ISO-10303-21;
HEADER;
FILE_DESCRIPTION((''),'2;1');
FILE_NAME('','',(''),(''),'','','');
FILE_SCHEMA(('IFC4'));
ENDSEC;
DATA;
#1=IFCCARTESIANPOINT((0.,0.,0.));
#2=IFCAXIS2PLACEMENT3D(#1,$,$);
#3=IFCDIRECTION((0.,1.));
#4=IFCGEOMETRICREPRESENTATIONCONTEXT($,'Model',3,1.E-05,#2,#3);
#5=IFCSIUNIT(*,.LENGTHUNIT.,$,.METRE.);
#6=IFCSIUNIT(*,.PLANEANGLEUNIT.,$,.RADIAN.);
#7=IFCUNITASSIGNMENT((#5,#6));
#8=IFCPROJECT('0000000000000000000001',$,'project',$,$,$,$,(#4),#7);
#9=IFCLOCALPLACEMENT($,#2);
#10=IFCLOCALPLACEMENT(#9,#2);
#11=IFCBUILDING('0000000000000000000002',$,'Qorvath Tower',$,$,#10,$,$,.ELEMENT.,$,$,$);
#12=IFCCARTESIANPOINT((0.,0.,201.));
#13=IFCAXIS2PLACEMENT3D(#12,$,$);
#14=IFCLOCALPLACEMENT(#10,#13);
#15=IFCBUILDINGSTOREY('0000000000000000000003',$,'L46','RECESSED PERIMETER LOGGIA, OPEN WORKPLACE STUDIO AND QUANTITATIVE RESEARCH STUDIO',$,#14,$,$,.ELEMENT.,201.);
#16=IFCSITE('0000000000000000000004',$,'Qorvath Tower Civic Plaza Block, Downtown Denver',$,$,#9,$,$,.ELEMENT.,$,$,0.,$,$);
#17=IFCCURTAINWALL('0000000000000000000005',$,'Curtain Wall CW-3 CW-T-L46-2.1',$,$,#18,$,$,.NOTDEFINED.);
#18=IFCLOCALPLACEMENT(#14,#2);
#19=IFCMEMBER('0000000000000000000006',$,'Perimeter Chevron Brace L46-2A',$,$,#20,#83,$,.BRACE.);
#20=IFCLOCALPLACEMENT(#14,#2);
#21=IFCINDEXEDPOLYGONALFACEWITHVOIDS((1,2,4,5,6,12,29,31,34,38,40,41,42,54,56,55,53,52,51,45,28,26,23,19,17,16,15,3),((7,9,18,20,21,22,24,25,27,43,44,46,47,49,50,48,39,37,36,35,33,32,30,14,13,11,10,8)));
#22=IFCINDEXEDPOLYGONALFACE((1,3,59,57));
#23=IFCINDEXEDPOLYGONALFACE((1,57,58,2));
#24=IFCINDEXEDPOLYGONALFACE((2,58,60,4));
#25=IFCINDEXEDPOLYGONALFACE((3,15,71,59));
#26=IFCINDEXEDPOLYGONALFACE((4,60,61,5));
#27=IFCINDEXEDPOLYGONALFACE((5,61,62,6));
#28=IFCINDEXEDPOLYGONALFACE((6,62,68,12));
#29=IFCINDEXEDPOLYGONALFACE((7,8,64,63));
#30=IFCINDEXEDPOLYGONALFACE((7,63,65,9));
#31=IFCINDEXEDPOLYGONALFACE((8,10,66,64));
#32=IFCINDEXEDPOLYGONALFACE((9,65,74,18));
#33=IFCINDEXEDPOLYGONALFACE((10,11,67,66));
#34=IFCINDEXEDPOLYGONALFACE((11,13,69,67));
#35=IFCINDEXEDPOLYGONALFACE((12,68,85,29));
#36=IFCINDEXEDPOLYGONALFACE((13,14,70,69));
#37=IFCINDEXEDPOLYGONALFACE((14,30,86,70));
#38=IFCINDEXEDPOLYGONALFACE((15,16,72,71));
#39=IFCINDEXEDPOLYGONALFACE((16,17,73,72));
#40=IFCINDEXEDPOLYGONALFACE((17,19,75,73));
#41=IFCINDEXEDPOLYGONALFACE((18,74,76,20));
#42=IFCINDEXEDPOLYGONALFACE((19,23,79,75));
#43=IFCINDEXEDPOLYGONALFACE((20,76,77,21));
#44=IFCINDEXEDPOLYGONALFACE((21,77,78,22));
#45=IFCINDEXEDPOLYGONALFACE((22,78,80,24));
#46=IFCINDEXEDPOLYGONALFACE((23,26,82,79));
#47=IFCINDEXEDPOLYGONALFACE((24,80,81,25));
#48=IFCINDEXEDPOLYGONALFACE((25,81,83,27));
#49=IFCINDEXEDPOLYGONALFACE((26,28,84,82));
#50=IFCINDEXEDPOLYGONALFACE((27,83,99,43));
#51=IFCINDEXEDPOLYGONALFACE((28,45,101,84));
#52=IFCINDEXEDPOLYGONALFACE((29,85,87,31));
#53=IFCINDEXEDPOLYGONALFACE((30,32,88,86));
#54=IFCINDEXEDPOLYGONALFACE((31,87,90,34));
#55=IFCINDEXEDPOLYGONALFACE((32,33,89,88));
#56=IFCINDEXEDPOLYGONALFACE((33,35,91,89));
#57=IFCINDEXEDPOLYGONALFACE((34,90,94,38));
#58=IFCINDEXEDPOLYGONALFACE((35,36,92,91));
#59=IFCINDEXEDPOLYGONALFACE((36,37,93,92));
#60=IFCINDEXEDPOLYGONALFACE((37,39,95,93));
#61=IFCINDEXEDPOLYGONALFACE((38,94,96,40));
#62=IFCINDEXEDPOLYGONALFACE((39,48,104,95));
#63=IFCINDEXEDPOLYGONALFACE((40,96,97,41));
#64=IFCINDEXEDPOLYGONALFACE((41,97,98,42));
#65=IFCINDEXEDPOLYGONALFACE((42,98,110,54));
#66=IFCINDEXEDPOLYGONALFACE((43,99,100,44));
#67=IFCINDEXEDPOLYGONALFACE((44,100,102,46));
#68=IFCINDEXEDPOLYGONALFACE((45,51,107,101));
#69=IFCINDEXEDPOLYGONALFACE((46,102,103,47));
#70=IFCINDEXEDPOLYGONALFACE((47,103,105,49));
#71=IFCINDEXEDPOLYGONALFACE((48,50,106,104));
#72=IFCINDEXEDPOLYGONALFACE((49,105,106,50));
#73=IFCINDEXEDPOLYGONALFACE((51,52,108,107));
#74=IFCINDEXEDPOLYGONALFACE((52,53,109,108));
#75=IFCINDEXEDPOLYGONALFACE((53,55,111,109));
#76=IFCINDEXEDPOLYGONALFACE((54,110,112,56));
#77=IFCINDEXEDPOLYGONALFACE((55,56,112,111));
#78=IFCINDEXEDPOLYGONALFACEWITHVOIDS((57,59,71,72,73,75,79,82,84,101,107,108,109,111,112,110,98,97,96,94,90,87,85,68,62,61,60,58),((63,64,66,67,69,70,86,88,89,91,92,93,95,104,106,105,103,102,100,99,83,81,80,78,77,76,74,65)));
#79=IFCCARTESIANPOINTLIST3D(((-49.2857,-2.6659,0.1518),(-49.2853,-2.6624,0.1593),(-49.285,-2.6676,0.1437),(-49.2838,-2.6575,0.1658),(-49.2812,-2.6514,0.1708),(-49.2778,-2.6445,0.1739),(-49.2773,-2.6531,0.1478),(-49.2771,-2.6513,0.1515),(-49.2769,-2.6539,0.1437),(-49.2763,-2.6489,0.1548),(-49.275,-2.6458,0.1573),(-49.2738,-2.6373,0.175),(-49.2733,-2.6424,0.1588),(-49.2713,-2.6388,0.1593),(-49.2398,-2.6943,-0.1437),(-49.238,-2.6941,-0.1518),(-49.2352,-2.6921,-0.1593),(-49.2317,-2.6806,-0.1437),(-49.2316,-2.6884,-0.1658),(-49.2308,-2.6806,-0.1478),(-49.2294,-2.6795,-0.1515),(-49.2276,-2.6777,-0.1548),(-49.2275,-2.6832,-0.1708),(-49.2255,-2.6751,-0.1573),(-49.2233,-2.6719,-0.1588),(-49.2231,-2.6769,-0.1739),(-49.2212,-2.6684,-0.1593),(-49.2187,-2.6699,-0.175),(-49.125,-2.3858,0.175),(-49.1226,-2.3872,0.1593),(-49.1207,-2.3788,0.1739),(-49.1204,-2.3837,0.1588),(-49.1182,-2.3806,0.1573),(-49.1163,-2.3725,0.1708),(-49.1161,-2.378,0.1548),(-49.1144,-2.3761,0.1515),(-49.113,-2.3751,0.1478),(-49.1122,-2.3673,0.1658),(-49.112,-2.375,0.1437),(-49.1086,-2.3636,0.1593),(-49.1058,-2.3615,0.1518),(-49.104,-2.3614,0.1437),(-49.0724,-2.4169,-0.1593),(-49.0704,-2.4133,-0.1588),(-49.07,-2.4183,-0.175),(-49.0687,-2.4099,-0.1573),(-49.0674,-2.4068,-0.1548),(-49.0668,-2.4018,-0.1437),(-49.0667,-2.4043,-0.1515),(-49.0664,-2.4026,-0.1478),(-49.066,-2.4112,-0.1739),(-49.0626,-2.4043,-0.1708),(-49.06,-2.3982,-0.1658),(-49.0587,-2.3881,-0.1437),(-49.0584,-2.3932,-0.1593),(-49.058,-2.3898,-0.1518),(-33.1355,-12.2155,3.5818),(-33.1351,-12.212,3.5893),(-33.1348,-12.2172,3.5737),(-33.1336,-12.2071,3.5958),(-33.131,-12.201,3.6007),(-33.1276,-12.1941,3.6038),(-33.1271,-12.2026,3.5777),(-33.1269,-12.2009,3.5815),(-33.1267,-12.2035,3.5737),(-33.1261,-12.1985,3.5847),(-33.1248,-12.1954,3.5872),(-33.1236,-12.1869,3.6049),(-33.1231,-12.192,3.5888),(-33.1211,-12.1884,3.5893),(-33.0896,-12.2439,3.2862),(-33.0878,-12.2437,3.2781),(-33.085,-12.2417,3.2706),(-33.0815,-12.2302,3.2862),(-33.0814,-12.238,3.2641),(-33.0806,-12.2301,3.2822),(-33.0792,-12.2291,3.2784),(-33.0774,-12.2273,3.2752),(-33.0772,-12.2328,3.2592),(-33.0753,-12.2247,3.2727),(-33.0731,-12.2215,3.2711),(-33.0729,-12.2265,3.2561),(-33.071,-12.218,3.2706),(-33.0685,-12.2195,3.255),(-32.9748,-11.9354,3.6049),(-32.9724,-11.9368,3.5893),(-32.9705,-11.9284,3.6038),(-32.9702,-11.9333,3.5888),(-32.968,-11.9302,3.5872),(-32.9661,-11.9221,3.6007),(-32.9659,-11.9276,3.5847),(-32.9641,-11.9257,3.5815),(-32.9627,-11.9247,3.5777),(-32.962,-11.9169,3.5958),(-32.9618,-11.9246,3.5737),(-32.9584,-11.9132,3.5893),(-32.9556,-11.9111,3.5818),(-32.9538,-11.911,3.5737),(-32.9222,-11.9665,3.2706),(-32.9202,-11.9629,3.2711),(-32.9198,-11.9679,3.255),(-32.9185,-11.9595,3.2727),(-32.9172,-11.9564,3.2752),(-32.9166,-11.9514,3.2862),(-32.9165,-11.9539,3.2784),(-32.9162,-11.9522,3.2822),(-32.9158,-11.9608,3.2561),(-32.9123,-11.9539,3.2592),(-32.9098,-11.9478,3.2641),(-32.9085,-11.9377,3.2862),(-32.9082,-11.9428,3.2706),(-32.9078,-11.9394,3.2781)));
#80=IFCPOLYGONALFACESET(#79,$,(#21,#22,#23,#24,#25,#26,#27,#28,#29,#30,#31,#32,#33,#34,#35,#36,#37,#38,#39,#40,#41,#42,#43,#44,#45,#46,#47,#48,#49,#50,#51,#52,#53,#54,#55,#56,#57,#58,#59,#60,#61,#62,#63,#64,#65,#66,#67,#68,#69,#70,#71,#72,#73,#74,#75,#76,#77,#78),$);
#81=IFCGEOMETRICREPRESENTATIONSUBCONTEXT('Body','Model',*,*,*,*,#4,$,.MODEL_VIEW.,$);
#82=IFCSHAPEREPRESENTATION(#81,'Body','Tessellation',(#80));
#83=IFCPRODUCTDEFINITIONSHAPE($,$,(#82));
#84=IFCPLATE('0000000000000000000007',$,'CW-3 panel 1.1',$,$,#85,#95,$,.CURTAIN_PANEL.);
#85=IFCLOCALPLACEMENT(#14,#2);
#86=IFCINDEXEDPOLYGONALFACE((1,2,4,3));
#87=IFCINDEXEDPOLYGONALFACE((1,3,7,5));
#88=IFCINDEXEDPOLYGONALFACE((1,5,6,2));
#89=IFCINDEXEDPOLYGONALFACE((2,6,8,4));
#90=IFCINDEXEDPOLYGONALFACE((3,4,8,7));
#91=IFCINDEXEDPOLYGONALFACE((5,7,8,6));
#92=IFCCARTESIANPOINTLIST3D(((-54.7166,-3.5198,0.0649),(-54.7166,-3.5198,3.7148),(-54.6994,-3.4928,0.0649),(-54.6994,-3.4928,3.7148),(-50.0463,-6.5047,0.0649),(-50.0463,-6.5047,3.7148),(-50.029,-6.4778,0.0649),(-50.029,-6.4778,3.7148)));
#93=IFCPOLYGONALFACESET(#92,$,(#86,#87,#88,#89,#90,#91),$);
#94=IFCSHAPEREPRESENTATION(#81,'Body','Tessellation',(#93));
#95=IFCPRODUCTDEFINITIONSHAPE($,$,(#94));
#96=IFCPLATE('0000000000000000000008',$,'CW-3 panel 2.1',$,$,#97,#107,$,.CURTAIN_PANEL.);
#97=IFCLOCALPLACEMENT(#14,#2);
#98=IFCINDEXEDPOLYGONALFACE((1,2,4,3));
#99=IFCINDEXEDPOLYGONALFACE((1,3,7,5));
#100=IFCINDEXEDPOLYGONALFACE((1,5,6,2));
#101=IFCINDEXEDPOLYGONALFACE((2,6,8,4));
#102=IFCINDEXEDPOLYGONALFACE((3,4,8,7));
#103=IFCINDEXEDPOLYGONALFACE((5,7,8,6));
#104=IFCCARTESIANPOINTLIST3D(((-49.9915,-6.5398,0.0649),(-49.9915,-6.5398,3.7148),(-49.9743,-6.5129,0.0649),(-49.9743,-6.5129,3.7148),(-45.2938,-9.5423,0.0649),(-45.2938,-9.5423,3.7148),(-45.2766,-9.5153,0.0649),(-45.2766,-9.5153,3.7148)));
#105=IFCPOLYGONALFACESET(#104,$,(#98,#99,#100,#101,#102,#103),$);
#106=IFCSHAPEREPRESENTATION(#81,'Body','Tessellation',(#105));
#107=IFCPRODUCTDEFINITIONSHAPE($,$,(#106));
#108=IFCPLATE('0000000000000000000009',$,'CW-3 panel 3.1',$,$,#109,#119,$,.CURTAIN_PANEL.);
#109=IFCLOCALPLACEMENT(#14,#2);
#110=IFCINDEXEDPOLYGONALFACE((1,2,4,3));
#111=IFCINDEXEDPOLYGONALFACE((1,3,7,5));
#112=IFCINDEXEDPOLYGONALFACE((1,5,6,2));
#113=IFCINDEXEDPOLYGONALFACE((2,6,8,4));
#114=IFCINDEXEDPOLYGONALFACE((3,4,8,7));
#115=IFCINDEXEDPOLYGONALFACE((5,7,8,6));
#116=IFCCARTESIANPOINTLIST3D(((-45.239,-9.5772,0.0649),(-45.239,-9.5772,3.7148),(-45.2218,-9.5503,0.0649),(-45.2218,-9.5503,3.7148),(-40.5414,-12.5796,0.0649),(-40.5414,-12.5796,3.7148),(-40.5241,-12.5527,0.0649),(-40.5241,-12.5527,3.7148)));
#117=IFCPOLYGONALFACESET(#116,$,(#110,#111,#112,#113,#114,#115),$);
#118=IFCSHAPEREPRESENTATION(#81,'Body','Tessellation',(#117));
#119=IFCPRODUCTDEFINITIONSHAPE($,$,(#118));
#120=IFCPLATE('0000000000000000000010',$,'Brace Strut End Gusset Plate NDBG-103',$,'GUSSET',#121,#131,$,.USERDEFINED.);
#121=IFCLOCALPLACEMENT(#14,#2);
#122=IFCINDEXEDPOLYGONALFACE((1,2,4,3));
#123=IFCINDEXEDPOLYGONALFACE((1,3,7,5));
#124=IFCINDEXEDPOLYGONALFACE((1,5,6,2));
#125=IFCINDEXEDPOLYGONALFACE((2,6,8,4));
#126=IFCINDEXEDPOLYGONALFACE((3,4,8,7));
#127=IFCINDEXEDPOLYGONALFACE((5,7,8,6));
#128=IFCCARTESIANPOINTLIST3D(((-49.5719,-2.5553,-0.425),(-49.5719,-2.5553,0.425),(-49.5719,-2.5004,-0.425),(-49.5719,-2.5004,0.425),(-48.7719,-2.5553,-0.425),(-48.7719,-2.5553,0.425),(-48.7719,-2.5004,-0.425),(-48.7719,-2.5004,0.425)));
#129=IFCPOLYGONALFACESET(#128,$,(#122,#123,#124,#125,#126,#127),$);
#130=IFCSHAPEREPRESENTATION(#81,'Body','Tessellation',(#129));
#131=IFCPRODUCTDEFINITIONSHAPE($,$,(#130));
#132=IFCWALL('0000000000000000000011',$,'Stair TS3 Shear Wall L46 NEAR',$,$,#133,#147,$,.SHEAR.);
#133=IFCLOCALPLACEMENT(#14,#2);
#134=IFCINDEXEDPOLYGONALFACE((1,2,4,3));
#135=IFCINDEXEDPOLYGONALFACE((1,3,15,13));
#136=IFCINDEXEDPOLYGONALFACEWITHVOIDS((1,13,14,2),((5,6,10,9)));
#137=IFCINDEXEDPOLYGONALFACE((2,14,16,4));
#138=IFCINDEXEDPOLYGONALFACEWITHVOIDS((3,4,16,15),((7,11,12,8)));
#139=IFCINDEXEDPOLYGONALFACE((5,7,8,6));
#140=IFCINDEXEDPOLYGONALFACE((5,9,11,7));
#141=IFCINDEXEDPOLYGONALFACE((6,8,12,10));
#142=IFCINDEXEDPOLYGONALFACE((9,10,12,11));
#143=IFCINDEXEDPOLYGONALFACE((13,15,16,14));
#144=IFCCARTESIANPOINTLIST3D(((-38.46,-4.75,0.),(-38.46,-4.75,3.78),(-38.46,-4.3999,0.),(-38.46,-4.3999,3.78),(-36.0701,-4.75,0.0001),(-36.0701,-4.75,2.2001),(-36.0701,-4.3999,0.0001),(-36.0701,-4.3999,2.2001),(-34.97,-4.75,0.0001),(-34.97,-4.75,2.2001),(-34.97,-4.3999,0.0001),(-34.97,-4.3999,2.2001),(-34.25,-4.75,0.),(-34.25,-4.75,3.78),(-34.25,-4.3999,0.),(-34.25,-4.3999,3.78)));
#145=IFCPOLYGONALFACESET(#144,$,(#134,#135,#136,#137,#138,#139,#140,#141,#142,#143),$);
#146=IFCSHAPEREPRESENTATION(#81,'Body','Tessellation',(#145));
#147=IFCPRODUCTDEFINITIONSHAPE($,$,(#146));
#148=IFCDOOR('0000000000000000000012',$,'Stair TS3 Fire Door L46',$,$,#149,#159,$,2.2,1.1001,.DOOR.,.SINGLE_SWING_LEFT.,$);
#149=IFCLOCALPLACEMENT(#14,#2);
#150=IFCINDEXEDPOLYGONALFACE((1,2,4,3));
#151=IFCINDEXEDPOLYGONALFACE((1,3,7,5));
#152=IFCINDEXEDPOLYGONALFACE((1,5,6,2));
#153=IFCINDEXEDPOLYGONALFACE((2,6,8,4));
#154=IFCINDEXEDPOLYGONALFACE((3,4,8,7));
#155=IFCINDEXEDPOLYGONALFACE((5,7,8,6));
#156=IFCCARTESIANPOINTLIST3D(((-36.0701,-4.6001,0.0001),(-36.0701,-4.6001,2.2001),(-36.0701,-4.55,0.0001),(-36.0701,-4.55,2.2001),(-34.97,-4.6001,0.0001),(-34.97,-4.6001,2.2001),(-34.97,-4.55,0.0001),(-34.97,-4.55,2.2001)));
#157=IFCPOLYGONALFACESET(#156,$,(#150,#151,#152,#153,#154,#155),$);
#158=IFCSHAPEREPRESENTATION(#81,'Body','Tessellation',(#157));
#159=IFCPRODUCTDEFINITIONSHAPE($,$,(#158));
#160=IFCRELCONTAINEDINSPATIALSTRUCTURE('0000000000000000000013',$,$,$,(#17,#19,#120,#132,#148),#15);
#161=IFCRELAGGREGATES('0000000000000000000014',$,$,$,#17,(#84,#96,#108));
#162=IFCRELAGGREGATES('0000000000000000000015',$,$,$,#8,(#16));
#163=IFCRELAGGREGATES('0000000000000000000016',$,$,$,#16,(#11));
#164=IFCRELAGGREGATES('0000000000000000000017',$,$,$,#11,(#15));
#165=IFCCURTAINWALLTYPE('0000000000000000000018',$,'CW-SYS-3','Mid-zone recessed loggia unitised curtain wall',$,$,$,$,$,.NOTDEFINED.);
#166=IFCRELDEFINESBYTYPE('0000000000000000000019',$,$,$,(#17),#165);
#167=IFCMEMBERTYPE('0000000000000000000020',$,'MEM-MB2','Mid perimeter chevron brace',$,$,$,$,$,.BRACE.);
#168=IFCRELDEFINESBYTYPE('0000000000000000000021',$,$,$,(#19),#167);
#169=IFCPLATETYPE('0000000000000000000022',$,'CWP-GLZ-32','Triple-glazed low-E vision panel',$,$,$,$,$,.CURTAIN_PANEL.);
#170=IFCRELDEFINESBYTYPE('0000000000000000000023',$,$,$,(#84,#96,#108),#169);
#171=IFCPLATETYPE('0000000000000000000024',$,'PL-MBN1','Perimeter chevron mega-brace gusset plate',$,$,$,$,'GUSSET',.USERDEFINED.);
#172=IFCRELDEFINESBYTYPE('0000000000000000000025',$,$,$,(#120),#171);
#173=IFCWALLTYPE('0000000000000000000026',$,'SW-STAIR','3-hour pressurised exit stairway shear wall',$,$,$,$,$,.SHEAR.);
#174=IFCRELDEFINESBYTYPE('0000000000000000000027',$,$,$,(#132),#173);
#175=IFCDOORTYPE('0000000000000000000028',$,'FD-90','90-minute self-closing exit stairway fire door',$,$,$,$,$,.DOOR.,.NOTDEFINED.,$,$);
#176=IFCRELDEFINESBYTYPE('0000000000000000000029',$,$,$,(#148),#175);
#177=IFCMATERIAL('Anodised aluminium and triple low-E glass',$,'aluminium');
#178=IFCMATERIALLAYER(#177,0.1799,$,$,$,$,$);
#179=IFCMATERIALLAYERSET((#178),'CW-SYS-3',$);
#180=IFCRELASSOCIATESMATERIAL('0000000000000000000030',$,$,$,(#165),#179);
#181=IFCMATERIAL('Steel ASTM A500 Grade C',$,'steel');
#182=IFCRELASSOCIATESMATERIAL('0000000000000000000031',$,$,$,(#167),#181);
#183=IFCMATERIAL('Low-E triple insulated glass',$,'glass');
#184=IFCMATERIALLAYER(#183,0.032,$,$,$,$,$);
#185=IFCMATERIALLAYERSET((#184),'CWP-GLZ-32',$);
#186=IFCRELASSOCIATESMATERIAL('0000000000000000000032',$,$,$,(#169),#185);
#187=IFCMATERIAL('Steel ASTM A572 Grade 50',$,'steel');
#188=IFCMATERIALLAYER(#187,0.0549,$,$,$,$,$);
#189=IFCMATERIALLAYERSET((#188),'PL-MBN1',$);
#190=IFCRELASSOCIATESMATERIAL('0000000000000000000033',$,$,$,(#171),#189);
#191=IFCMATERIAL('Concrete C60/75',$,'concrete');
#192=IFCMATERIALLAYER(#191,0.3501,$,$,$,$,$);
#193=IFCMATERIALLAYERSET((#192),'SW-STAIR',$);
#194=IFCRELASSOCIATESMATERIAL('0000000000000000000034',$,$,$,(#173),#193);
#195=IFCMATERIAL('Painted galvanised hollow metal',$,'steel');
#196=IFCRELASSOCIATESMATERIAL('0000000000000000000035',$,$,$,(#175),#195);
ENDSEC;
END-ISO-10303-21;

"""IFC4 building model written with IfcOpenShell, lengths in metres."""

from ifc_helpers import new_model, si_unit, direction, frame, frame_2d, origin, origin_2d, place, context, subcontext, project, spatial, rectangle, hollow_rectangle, extrude, material, layer, layer_set, material_profile, profile_set, type_object, element, fill, aggregate, save


model = new_model("IFC4")

# Units and contexts
model_context = context("Model", 3, precision=1e-05, world=origin(), true_north=direction((0.0, 1.0)))
body_context = subcontext(model_context, "Body", "Model", "MODEL_VIEW")
ifc_project = project(units=[si_unit("LENGTHUNIT", "METRE"), si_unit("PLANEANGLEUNIT", "RADIAN")], contexts=[model_context])

# Site, building, storey
site_placement = place(None, origin())
site = spatial("IfcSite", under=ifc_project, at=site_placement, Name="Qorvath Tower Civic Plaza Block, Downtown Denver", CompositionType="ELEMENT", RefElevation=0.0)
building_placement = place(site_placement, origin())
building = spatial("IfcBuilding", under=site, at=building_placement, Name="Qorvath Tower", CompositionType="ELEMENT")
storey_placement = place(building_placement, frame((0.0, 0.0, 201.0)))
storey = spatial("IfcBuildingStorey", under=building, at=storey_placement, Name="L46", Description="RECESSED PERIMETER LOGGIA, OPEN WORKPLACE STUDIO AND QUANTITATIVE RESEARCH STUDIO", CompositionType="ELEMENT", Elevation=201.0)

# Curtain wall
ifc_material_1 = material(Name="Anodised aluminium and triple low-E glass", Category="aluminium")
ifc_layer_1 = layer(ifc_material_1, 0.1799)
ifc_layer_set_1 = layer_set([ifc_layer_1], Name="CW-SYS-3")
curtain_wall_type = type_object("IfcCurtainWallType", Name="CW-SYS-3", Description="Mid-zone recessed loggia unitised curtain wall", PredefinedType="NOTDEFINED", material=ifc_layer_set_1)
curtain_wall_placement = place(storey_placement, origin())
curtain_wall = element("IfcCurtainWall", 1, at=curtain_wall_placement, inside=storey, type_object=curtain_wall_type, Name="Curtain Wall CW-3 CW-T-L46-2.1", PredefinedType="NOTDEFINED")

# Member
ifc_material_2 = material(Name="Steel ASTM A500 Grade C", Category="steel")
ifc_material_profile_1 = material_profile(ifc_material_2, hollow_rectangle(XDim=0.3557, YDim=0.3557, WallThickness=0.0159, InnerFilletRadius=0.0159, OuterFilletRadius=0.0317, at=origin_2d()), Name="HSS 356x356x16")
ifc_profile_set_1 = profile_set([ifc_material_profile_1], Name="Steel ASTM A500 Grade C")
member_type_1 = type_object("IfcMemberType", Name="MEM-MB2", Description="Mid perimeter chevron brace", PredefinedType="BRACE", material=ifc_profile_set_1)
member_1_placement = place(storey_placement, frame((-49.1719, -2.5278, 0.0), z_axis=(0.846747, -0.50068, 0.17983), x_axis=(0.508978, 0.86078, 0.0)))
element("IfcMember", 2, at=member_1_placement, inside=storey, type_object=member_type_1, Name="Perimeter Chevron Brace L46-2A", PredefinedType="BRACE", context=body_context, shape_type="SweptSolid", body=[
    extrude(hollow_rectangle(XDim=0.3557, YDim=0.3557, WallThickness=0.0159, InnerFilletRadius=0.0159, OuterFilletRadius=0.0317, at=origin_2d()), origin(), (0.0, 0.0, 1.0), 19.0732),
])

# Plates
ifc_material_3 = material(Name="Low-E triple insulated glass", Category="glass")
ifc_layer_2 = layer(ifc_material_3, 0.032)
ifc_layer_set_2 = layer_set([ifc_layer_2], Name="CWP-GLZ-32")
plate_type_1 = type_object("IfcPlateType", Name="CWP-GLZ-32", Description="Triple-glazed low-E vision panel", PredefinedType="CURTAIN_PANEL", material=ifc_layer_set_2)
plate_1_placement = place(storey_placement, frame((-52.3728, -4.9988, 0.0649), z_axis=(0.0, 0.0, 1.0), x_axis=(0.842604, -0.538534, 0.0)))
plate_1 = element("IfcPlate", 3, at=plate_1_placement, type_object=plate_type_1, Name="CW-3 panel 1.1", PredefinedType="CURTAIN_PANEL", context=body_context, shape_type="SweptSolid", body=[
    extrude(rectangle(XDim=5.5427, YDim=0.032, at=origin_2d()), origin(), (0.0, 0.0, 1.0), 3.6499),
])
plate_2_placement = place(storey_placement, frame((-47.634, -8.0276, 0.0649), z_axis=(0.0, 0.0, 1.0), x_axis=(0.842604, -0.538534, 0.0)))
plate_2 = element("IfcPlate", 4, at=plate_2_placement, type_object=plate_type_1, Name="CW-3 panel 2.1", PredefinedType="CURTAIN_PANEL", context=body_context, shape_type="SweptSolid", body=[
    extrude(rectangle(XDim=5.5752, YDim=0.032, at=origin_2d()), origin(), (0.0, 0.0, 1.0), 3.6499),
])
plate_3_placement = place(storey_placement, frame((-42.8816, -11.0649, 0.0649), z_axis=(0.0, 0.0, 1.0), x_axis=(0.842604, -0.538534, 0.0)))
plate_3 = element("IfcPlate", 5, at=plate_3_placement, type_object=plate_type_1, Name="CW-3 panel 3.1", PredefinedType="CURTAIN_PANEL", context=body_context, shape_type="SweptSolid", body=[
    extrude(rectangle(XDim=5.5752, YDim=0.032, at=origin_2d()), origin(), (0.0, 0.0, 1.0), 3.6499),
])
aggregate(curtain_wall, [plate_1, plate_2, plate_3])
ifc_material_4 = material(Name="Steel ASTM A572 Grade 50", Category="steel")
ifc_layer_3 = layer(ifc_material_4, 0.0549)
ifc_layer_set_3 = layer_set([ifc_layer_3], Name="PL-MBN1")
plate_type_2 = type_object("IfcPlateType", Name="PL-MBN1", Description="Perimeter chevron mega-brace gusset plate", ElementType="GUSSET", PredefinedType="USERDEFINED", material=ifc_layer_set_3)
plate_4_placement = place(storey_placement, frame((-49.1719, -2.5278, -0.425), z_axis=(0.0, 0.0, 1.0), x_axis=(1.0, 0.0, 0.0)))
element("IfcPlate", 6, at=plate_4_placement, inside=storey, type_object=plate_type_2, Name="Brace Strut End Gusset Plate NDBG-103", ObjectType="GUSSET", PredefinedType="USERDEFINED", context=body_context, shape_type="SweptSolid", body=[
    extrude(rectangle(XDim=0.8, YDim=0.0549, at=origin_2d()), origin(), (0.0, 0.0, 1.0), 0.8501),
])

# Wall, opening, door
ifc_material_5 = material(Name="Concrete C60/75", Category="concrete")
ifc_layer_4 = layer(ifc_material_5, 0.3501)
ifc_layer_set_4 = layer_set([ifc_layer_4], Name="SW-STAIR")
wall_type_1 = type_object("IfcWallType", Name="SW-STAIR", Description="3-hour pressurised exit stairway shear wall", PredefinedType="SHEAR", material=ifc_layer_set_4)
wall_1_placement = place(storey_placement, frame((-38.46, -4.575, 0.0), z_axis=(0.0, 0.0, 1.0), x_axis=(1.0, 0.0, 0.0)))
wall_1 = element("IfcWall", 7, at=wall_1_placement, inside=storey, type_object=wall_type_1, Name="Stair TS3 Shear Wall L46 NEAR", PredefinedType="SHEAR", context=body_context, shape_type="SweptSolid", body=[
    extrude(rectangle(XDim=4.21, YDim=0.3501, at=frame_2d((2.105, 0.0))), origin(), (0.0, 0.0, 1.0), 3.78),
])
opening_1_placement = place(wall_1_placement, frame((2.3899, 0.0, 0.0)))
opening_1 = element("IfcOpeningElement", 8, at=opening_1_placement, cuts=wall_1, PredefinedType="OPENING", context=body_context, shape_type="SweptSolid", body=[
    extrude(rectangle(XDim=1.1001, YDim=2.2, at=frame_2d((0.55, 1.1001))), frame((0.0, 0.1851, 0.0), z_axis=(0.0, -1.0, 0.0), x_axis=(1.0, 0.0, 0.0)), (0.0, 0.0, 1.0), 0.3701),
])
ifc_material_6 = material(Name="Painted galvanised hollow metal", Category="steel")
door_type_1 = type_object("IfcDoorType", Name="FD-90", Description="90-minute self-closing exit stairway fire door", OperationType="NOTDEFINED", PredefinedType="DOOR", material=ifc_material_6)
door_1_placement = place(opening_1_placement, origin())
door_1 = element("IfcDoor", 9, at=door_1_placement, inside=storey, type_object=door_type_1, Name="Stair TS3 Fire Door L46", OperationType="SINGLE_SWING_LEFT", OverallHeight=2.2, OverallWidth=1.1001, PredefinedType="DOOR", context=body_context, shape_type="SweptSolid", body=[
    extrude(rectangle(XDim=1.1001, YDim=2.2, at=frame_2d((0.55, 1.1001))), frame((0.0, 0.0249, 0.0), z_axis=(0.0, -1.0, 0.0), x_axis=(1.0, 0.0, 0.0)), (0.0, 0.0, 1.0), 0.05),
])
fill(opening_1, door_1)

save(model, "model.ifc")
